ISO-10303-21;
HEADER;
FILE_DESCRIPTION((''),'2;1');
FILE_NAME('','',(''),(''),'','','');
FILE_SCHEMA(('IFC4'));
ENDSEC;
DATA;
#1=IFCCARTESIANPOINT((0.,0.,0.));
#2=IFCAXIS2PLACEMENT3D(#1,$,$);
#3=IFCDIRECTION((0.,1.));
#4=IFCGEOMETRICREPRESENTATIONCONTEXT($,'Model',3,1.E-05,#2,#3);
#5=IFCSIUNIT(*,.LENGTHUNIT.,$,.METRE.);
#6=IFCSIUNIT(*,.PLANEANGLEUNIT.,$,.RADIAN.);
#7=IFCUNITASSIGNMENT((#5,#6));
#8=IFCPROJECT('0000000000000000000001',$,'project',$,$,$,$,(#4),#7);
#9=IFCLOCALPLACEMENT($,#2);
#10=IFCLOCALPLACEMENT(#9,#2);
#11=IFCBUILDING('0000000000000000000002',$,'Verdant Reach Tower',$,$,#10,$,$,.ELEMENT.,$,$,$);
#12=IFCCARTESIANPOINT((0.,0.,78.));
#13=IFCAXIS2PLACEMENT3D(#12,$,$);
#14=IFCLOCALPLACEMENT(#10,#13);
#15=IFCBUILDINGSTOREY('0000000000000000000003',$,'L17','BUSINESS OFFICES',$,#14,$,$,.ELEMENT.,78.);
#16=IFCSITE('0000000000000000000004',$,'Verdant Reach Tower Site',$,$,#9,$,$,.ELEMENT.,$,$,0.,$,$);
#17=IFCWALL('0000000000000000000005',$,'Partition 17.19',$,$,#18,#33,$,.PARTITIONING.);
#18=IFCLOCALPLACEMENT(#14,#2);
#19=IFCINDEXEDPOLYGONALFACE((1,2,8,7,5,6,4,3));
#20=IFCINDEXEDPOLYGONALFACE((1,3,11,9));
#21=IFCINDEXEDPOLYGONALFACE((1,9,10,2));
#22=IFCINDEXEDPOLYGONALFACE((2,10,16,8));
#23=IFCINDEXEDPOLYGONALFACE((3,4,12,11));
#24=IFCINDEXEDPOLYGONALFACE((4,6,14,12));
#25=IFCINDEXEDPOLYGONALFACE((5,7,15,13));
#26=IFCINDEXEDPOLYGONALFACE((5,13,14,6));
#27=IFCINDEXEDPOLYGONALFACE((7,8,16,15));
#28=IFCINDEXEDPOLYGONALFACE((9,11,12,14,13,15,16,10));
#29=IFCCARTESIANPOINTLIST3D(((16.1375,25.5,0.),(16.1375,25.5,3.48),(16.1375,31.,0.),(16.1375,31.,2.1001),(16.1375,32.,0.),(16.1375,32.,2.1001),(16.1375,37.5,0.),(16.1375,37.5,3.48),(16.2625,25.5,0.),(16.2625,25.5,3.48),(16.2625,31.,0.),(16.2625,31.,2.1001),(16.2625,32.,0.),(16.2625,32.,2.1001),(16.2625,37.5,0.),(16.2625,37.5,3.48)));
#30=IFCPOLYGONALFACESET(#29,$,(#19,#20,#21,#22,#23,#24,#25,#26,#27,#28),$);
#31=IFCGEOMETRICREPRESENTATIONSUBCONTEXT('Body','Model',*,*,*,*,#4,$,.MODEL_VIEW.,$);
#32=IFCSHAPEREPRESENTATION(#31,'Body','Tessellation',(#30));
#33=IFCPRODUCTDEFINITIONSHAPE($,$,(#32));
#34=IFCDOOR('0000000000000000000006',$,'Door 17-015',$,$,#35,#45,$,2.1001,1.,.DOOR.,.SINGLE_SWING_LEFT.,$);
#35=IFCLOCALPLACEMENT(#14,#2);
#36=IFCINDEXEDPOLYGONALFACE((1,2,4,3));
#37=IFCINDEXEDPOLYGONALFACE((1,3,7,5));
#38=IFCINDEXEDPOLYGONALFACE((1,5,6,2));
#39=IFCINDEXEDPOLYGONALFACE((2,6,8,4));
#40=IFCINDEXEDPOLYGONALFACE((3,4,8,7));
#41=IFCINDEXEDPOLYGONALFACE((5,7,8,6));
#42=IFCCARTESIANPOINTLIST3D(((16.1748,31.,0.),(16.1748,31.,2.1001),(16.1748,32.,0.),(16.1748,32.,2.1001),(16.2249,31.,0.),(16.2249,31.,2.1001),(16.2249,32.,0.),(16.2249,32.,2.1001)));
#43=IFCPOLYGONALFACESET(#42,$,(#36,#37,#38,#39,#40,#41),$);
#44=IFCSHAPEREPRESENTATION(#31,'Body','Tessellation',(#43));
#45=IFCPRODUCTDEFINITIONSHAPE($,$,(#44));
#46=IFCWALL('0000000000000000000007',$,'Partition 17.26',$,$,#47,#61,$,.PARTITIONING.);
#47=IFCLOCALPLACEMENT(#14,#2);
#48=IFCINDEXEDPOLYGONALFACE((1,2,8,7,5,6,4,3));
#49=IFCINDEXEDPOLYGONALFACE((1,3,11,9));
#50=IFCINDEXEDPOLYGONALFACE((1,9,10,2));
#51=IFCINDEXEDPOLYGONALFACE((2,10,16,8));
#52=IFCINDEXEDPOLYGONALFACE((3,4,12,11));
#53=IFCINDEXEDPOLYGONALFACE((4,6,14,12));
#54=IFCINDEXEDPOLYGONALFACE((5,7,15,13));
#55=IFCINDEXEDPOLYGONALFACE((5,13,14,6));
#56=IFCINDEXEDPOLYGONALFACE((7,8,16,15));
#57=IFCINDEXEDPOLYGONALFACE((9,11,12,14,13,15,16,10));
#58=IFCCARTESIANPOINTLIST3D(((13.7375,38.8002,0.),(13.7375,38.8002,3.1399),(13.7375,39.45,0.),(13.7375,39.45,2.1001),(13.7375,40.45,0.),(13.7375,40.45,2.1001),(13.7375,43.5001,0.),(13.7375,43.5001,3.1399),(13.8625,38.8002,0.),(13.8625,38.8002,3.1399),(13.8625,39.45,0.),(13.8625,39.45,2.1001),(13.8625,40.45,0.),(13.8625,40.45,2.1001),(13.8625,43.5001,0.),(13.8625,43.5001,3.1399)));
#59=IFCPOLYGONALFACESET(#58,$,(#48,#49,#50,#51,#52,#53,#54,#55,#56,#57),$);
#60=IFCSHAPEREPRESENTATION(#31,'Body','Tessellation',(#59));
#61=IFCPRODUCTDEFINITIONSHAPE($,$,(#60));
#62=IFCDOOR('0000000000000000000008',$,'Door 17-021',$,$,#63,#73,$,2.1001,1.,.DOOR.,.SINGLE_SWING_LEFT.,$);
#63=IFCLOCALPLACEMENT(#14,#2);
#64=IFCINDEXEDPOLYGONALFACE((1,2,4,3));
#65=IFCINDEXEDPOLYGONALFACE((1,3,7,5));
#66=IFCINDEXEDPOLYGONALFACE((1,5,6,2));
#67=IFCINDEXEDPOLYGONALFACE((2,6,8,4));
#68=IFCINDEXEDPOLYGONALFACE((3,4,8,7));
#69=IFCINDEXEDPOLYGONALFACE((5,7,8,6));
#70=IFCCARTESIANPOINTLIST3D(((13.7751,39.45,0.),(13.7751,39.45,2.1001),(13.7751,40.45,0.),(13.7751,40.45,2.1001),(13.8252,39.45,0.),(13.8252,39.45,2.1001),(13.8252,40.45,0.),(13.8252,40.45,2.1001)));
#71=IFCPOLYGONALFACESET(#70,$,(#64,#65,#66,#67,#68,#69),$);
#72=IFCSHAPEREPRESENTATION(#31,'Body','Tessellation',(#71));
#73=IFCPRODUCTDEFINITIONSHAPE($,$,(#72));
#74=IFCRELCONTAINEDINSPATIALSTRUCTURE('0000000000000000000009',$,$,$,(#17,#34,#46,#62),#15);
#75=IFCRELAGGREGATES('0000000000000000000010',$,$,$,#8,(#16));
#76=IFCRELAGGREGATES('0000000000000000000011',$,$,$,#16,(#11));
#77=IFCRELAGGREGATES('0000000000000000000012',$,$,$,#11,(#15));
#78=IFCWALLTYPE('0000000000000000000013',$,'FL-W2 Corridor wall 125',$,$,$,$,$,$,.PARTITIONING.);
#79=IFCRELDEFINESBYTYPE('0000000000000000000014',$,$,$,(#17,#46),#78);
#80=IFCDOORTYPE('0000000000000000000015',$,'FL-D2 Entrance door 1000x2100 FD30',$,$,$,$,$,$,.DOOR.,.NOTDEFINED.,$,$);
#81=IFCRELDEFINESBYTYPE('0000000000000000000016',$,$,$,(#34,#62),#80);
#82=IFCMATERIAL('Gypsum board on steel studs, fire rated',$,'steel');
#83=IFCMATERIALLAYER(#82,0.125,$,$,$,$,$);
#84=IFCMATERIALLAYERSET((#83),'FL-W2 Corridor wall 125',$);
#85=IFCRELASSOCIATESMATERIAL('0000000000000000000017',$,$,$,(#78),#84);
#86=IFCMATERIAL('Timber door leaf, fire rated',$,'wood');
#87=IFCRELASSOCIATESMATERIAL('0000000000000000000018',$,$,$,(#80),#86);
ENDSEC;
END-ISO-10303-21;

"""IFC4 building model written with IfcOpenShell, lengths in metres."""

from ifc_helpers import new_model, si_unit, direction, frame, frame_2d, origin, place, context, subcontext, project, spatial, rectangle, extrude, material, layer, layer_set, type_object, element, fill, save


model = new_model("IFC4")

# Units and contexts
model_context = context("Model", 3, precision=1e-05, world=origin(), true_north=direction((0.0, 1.0)))
body_context = subcontext(model_context, "Body", "Model", "MODEL_VIEW")
ifc_project = project(units=[si_unit("LENGTHUNIT", "METRE"), si_unit("PLANEANGLEUNIT", "RADIAN")], contexts=[model_context])

# Site, building, storey
site_placement = place(None, origin())
site = spatial("IfcSite", under=ifc_project, at=site_placement, Name="Verdant Reach Tower Site", CompositionType="ELEMENT", RefElevation=0.0)
building_placement = place(site_placement, origin())
building = spatial("IfcBuilding", under=site, at=building_placement, Name="Verdant Reach Tower", CompositionType="ELEMENT")
storey_placement = place(building_placement, frame((0.0, 0.0, 78.0)))
storey = spatial("IfcBuildingStorey", under=building, at=storey_placement, Name="L17", Description="BUSINESS OFFICES", CompositionType="ELEMENT", Elevation=78.0)

# Walls, openings, doors
ifc_material_1 = material(Name="Gypsum board on steel studs, fire rated", Category="steel")
ifc_layer_1 = layer(ifc_material_1, 0.125)
ifc_layer_set_1 = layer_set([ifc_layer_1], Name="FL-W2 Corridor wall 125")
wall_type_1 = type_object("IfcWallType", Name="FL-W2 Corridor wall 125", PredefinedType="PARTITIONING", material=ifc_layer_set_1)
wall_1_placement = place(storey_placement, frame((16.2, 37.5, 0.0), z_axis=(0.0, 0.0, 1.0), x_axis=(0.0, -1.0, 0.0)))
wall_1 = element("IfcWall", 1, at=wall_1_placement, inside=storey, type_object=wall_type_1, Name="Partition 17.19", PredefinedType="PARTITIONING", context=body_context, shape_type="SweptSolid", body=[
    extrude(rectangle(XDim=12.0, YDim=0.125, at=frame_2d((6.0, 0.0))), origin(), (0.0, 0.0, 1.0), 3.48),
])
opening_1_placement = place(wall_1_placement, frame((5.5, 0.0, 0.0)))
opening_1 = element("IfcOpeningElement", 2, at=opening_1_placement, cuts=wall_1, PredefinedType="OPENING", context=body_context, shape_type="SweptSolid", body=[
    extrude(rectangle(XDim=1.0, YDim=2.1001, at=frame_2d((0.5, 1.05))), frame((0.0, 0.0725, 0.0), z_axis=(0.0, -1.0, 0.0), x_axis=(1.0, 0.0, 0.0)), (0.0, 0.0, 1.0), 0.145),
])
ifc_material_2 = material(Name="Timber door leaf, fire rated", Category="wood")
door_type = type_object("IfcDoorType", Name="FL-D2 Entrance door 1000x2100 FD30", OperationType="NOTDEFINED", PredefinedType="DOOR", material=ifc_material_2)
door_1_placement = place(opening_1_placement, origin())
door_1 = element("IfcDoor", 3, at=door_1_placement, inside=storey, type_object=door_type, Name="Door 17-015", OperationType="SINGLE_SWING_LEFT", OverallHeight=2.1001, OverallWidth=1.0, PredefinedType="DOOR", context=body_context, shape_type="SweptSolid", body=[
    extrude(rectangle(XDim=1.0, YDim=2.1001, at=frame_2d((0.5, 1.05))), frame((0.0, 0.0249, 0.0), z_axis=(0.0, -1.0, 0.0), x_axis=(1.0, 0.0, 0.0)), (0.0, 0.0, 1.0), 0.05),
])
fill(opening_1, door_1)
wall_2_placement = place(storey_placement, frame((13.8, 38.8, 0.0), z_axis=(0.0, 0.0, 1.0), x_axis=(0.0, 1.0, 0.0)))
wall_2 = element("IfcWall", 4, at=wall_2_placement, inside=storey, type_object=wall_type_1, Name="Partition 17.26", PredefinedType="PARTITIONING", context=body_context, shape_type="SweptSolid", body=[
    extrude(rectangle(XDim=4.7, YDim=0.125, at=frame_2d((2.3501, 0.0))), origin(), (0.0, 0.0, 1.0), 3.1399),
])
opening_2_placement = place(wall_2_placement, frame((0.6499, 0.0, 0.0)))
opening_2 = element("IfcOpeningElement", 5, at=opening_2_placement, cuts=wall_2, PredefinedType="OPENING", context=body_context, shape_type="SweptSolid", body=[
    extrude(rectangle(XDim=1.0, YDim=2.1001, at=frame_2d((0.5, 1.05))), frame((0.0, 0.0725, 0.0), z_axis=(0.0, -1.0, 0.0), x_axis=(1.0, 0.0, 0.0)), (0.0, 0.0, 1.0), 0.145),
])
door_2_placement = place(opening_2_placement, origin())
door_2 = element("IfcDoor", 6, at=door_2_placement, inside=storey, type_object=door_type, Name="Door 17-021", OperationType="SINGLE_SWING_LEFT", OverallHeight=2.1001, OverallWidth=1.0, PredefinedType="DOOR", context=body_context, shape_type="SweptSolid", body=[
    extrude(rectangle(XDim=1.0, YDim=2.1001, at=frame_2d((0.5, 1.05))), frame((0.0, 0.0249, 0.0), z_axis=(0.0, -1.0, 0.0), x_axis=(1.0, 0.0, 0.0)), (0.0, 0.0, 1.0), 0.05),
])
fill(opening_2, door_2)

save(model, "model.ifc")
